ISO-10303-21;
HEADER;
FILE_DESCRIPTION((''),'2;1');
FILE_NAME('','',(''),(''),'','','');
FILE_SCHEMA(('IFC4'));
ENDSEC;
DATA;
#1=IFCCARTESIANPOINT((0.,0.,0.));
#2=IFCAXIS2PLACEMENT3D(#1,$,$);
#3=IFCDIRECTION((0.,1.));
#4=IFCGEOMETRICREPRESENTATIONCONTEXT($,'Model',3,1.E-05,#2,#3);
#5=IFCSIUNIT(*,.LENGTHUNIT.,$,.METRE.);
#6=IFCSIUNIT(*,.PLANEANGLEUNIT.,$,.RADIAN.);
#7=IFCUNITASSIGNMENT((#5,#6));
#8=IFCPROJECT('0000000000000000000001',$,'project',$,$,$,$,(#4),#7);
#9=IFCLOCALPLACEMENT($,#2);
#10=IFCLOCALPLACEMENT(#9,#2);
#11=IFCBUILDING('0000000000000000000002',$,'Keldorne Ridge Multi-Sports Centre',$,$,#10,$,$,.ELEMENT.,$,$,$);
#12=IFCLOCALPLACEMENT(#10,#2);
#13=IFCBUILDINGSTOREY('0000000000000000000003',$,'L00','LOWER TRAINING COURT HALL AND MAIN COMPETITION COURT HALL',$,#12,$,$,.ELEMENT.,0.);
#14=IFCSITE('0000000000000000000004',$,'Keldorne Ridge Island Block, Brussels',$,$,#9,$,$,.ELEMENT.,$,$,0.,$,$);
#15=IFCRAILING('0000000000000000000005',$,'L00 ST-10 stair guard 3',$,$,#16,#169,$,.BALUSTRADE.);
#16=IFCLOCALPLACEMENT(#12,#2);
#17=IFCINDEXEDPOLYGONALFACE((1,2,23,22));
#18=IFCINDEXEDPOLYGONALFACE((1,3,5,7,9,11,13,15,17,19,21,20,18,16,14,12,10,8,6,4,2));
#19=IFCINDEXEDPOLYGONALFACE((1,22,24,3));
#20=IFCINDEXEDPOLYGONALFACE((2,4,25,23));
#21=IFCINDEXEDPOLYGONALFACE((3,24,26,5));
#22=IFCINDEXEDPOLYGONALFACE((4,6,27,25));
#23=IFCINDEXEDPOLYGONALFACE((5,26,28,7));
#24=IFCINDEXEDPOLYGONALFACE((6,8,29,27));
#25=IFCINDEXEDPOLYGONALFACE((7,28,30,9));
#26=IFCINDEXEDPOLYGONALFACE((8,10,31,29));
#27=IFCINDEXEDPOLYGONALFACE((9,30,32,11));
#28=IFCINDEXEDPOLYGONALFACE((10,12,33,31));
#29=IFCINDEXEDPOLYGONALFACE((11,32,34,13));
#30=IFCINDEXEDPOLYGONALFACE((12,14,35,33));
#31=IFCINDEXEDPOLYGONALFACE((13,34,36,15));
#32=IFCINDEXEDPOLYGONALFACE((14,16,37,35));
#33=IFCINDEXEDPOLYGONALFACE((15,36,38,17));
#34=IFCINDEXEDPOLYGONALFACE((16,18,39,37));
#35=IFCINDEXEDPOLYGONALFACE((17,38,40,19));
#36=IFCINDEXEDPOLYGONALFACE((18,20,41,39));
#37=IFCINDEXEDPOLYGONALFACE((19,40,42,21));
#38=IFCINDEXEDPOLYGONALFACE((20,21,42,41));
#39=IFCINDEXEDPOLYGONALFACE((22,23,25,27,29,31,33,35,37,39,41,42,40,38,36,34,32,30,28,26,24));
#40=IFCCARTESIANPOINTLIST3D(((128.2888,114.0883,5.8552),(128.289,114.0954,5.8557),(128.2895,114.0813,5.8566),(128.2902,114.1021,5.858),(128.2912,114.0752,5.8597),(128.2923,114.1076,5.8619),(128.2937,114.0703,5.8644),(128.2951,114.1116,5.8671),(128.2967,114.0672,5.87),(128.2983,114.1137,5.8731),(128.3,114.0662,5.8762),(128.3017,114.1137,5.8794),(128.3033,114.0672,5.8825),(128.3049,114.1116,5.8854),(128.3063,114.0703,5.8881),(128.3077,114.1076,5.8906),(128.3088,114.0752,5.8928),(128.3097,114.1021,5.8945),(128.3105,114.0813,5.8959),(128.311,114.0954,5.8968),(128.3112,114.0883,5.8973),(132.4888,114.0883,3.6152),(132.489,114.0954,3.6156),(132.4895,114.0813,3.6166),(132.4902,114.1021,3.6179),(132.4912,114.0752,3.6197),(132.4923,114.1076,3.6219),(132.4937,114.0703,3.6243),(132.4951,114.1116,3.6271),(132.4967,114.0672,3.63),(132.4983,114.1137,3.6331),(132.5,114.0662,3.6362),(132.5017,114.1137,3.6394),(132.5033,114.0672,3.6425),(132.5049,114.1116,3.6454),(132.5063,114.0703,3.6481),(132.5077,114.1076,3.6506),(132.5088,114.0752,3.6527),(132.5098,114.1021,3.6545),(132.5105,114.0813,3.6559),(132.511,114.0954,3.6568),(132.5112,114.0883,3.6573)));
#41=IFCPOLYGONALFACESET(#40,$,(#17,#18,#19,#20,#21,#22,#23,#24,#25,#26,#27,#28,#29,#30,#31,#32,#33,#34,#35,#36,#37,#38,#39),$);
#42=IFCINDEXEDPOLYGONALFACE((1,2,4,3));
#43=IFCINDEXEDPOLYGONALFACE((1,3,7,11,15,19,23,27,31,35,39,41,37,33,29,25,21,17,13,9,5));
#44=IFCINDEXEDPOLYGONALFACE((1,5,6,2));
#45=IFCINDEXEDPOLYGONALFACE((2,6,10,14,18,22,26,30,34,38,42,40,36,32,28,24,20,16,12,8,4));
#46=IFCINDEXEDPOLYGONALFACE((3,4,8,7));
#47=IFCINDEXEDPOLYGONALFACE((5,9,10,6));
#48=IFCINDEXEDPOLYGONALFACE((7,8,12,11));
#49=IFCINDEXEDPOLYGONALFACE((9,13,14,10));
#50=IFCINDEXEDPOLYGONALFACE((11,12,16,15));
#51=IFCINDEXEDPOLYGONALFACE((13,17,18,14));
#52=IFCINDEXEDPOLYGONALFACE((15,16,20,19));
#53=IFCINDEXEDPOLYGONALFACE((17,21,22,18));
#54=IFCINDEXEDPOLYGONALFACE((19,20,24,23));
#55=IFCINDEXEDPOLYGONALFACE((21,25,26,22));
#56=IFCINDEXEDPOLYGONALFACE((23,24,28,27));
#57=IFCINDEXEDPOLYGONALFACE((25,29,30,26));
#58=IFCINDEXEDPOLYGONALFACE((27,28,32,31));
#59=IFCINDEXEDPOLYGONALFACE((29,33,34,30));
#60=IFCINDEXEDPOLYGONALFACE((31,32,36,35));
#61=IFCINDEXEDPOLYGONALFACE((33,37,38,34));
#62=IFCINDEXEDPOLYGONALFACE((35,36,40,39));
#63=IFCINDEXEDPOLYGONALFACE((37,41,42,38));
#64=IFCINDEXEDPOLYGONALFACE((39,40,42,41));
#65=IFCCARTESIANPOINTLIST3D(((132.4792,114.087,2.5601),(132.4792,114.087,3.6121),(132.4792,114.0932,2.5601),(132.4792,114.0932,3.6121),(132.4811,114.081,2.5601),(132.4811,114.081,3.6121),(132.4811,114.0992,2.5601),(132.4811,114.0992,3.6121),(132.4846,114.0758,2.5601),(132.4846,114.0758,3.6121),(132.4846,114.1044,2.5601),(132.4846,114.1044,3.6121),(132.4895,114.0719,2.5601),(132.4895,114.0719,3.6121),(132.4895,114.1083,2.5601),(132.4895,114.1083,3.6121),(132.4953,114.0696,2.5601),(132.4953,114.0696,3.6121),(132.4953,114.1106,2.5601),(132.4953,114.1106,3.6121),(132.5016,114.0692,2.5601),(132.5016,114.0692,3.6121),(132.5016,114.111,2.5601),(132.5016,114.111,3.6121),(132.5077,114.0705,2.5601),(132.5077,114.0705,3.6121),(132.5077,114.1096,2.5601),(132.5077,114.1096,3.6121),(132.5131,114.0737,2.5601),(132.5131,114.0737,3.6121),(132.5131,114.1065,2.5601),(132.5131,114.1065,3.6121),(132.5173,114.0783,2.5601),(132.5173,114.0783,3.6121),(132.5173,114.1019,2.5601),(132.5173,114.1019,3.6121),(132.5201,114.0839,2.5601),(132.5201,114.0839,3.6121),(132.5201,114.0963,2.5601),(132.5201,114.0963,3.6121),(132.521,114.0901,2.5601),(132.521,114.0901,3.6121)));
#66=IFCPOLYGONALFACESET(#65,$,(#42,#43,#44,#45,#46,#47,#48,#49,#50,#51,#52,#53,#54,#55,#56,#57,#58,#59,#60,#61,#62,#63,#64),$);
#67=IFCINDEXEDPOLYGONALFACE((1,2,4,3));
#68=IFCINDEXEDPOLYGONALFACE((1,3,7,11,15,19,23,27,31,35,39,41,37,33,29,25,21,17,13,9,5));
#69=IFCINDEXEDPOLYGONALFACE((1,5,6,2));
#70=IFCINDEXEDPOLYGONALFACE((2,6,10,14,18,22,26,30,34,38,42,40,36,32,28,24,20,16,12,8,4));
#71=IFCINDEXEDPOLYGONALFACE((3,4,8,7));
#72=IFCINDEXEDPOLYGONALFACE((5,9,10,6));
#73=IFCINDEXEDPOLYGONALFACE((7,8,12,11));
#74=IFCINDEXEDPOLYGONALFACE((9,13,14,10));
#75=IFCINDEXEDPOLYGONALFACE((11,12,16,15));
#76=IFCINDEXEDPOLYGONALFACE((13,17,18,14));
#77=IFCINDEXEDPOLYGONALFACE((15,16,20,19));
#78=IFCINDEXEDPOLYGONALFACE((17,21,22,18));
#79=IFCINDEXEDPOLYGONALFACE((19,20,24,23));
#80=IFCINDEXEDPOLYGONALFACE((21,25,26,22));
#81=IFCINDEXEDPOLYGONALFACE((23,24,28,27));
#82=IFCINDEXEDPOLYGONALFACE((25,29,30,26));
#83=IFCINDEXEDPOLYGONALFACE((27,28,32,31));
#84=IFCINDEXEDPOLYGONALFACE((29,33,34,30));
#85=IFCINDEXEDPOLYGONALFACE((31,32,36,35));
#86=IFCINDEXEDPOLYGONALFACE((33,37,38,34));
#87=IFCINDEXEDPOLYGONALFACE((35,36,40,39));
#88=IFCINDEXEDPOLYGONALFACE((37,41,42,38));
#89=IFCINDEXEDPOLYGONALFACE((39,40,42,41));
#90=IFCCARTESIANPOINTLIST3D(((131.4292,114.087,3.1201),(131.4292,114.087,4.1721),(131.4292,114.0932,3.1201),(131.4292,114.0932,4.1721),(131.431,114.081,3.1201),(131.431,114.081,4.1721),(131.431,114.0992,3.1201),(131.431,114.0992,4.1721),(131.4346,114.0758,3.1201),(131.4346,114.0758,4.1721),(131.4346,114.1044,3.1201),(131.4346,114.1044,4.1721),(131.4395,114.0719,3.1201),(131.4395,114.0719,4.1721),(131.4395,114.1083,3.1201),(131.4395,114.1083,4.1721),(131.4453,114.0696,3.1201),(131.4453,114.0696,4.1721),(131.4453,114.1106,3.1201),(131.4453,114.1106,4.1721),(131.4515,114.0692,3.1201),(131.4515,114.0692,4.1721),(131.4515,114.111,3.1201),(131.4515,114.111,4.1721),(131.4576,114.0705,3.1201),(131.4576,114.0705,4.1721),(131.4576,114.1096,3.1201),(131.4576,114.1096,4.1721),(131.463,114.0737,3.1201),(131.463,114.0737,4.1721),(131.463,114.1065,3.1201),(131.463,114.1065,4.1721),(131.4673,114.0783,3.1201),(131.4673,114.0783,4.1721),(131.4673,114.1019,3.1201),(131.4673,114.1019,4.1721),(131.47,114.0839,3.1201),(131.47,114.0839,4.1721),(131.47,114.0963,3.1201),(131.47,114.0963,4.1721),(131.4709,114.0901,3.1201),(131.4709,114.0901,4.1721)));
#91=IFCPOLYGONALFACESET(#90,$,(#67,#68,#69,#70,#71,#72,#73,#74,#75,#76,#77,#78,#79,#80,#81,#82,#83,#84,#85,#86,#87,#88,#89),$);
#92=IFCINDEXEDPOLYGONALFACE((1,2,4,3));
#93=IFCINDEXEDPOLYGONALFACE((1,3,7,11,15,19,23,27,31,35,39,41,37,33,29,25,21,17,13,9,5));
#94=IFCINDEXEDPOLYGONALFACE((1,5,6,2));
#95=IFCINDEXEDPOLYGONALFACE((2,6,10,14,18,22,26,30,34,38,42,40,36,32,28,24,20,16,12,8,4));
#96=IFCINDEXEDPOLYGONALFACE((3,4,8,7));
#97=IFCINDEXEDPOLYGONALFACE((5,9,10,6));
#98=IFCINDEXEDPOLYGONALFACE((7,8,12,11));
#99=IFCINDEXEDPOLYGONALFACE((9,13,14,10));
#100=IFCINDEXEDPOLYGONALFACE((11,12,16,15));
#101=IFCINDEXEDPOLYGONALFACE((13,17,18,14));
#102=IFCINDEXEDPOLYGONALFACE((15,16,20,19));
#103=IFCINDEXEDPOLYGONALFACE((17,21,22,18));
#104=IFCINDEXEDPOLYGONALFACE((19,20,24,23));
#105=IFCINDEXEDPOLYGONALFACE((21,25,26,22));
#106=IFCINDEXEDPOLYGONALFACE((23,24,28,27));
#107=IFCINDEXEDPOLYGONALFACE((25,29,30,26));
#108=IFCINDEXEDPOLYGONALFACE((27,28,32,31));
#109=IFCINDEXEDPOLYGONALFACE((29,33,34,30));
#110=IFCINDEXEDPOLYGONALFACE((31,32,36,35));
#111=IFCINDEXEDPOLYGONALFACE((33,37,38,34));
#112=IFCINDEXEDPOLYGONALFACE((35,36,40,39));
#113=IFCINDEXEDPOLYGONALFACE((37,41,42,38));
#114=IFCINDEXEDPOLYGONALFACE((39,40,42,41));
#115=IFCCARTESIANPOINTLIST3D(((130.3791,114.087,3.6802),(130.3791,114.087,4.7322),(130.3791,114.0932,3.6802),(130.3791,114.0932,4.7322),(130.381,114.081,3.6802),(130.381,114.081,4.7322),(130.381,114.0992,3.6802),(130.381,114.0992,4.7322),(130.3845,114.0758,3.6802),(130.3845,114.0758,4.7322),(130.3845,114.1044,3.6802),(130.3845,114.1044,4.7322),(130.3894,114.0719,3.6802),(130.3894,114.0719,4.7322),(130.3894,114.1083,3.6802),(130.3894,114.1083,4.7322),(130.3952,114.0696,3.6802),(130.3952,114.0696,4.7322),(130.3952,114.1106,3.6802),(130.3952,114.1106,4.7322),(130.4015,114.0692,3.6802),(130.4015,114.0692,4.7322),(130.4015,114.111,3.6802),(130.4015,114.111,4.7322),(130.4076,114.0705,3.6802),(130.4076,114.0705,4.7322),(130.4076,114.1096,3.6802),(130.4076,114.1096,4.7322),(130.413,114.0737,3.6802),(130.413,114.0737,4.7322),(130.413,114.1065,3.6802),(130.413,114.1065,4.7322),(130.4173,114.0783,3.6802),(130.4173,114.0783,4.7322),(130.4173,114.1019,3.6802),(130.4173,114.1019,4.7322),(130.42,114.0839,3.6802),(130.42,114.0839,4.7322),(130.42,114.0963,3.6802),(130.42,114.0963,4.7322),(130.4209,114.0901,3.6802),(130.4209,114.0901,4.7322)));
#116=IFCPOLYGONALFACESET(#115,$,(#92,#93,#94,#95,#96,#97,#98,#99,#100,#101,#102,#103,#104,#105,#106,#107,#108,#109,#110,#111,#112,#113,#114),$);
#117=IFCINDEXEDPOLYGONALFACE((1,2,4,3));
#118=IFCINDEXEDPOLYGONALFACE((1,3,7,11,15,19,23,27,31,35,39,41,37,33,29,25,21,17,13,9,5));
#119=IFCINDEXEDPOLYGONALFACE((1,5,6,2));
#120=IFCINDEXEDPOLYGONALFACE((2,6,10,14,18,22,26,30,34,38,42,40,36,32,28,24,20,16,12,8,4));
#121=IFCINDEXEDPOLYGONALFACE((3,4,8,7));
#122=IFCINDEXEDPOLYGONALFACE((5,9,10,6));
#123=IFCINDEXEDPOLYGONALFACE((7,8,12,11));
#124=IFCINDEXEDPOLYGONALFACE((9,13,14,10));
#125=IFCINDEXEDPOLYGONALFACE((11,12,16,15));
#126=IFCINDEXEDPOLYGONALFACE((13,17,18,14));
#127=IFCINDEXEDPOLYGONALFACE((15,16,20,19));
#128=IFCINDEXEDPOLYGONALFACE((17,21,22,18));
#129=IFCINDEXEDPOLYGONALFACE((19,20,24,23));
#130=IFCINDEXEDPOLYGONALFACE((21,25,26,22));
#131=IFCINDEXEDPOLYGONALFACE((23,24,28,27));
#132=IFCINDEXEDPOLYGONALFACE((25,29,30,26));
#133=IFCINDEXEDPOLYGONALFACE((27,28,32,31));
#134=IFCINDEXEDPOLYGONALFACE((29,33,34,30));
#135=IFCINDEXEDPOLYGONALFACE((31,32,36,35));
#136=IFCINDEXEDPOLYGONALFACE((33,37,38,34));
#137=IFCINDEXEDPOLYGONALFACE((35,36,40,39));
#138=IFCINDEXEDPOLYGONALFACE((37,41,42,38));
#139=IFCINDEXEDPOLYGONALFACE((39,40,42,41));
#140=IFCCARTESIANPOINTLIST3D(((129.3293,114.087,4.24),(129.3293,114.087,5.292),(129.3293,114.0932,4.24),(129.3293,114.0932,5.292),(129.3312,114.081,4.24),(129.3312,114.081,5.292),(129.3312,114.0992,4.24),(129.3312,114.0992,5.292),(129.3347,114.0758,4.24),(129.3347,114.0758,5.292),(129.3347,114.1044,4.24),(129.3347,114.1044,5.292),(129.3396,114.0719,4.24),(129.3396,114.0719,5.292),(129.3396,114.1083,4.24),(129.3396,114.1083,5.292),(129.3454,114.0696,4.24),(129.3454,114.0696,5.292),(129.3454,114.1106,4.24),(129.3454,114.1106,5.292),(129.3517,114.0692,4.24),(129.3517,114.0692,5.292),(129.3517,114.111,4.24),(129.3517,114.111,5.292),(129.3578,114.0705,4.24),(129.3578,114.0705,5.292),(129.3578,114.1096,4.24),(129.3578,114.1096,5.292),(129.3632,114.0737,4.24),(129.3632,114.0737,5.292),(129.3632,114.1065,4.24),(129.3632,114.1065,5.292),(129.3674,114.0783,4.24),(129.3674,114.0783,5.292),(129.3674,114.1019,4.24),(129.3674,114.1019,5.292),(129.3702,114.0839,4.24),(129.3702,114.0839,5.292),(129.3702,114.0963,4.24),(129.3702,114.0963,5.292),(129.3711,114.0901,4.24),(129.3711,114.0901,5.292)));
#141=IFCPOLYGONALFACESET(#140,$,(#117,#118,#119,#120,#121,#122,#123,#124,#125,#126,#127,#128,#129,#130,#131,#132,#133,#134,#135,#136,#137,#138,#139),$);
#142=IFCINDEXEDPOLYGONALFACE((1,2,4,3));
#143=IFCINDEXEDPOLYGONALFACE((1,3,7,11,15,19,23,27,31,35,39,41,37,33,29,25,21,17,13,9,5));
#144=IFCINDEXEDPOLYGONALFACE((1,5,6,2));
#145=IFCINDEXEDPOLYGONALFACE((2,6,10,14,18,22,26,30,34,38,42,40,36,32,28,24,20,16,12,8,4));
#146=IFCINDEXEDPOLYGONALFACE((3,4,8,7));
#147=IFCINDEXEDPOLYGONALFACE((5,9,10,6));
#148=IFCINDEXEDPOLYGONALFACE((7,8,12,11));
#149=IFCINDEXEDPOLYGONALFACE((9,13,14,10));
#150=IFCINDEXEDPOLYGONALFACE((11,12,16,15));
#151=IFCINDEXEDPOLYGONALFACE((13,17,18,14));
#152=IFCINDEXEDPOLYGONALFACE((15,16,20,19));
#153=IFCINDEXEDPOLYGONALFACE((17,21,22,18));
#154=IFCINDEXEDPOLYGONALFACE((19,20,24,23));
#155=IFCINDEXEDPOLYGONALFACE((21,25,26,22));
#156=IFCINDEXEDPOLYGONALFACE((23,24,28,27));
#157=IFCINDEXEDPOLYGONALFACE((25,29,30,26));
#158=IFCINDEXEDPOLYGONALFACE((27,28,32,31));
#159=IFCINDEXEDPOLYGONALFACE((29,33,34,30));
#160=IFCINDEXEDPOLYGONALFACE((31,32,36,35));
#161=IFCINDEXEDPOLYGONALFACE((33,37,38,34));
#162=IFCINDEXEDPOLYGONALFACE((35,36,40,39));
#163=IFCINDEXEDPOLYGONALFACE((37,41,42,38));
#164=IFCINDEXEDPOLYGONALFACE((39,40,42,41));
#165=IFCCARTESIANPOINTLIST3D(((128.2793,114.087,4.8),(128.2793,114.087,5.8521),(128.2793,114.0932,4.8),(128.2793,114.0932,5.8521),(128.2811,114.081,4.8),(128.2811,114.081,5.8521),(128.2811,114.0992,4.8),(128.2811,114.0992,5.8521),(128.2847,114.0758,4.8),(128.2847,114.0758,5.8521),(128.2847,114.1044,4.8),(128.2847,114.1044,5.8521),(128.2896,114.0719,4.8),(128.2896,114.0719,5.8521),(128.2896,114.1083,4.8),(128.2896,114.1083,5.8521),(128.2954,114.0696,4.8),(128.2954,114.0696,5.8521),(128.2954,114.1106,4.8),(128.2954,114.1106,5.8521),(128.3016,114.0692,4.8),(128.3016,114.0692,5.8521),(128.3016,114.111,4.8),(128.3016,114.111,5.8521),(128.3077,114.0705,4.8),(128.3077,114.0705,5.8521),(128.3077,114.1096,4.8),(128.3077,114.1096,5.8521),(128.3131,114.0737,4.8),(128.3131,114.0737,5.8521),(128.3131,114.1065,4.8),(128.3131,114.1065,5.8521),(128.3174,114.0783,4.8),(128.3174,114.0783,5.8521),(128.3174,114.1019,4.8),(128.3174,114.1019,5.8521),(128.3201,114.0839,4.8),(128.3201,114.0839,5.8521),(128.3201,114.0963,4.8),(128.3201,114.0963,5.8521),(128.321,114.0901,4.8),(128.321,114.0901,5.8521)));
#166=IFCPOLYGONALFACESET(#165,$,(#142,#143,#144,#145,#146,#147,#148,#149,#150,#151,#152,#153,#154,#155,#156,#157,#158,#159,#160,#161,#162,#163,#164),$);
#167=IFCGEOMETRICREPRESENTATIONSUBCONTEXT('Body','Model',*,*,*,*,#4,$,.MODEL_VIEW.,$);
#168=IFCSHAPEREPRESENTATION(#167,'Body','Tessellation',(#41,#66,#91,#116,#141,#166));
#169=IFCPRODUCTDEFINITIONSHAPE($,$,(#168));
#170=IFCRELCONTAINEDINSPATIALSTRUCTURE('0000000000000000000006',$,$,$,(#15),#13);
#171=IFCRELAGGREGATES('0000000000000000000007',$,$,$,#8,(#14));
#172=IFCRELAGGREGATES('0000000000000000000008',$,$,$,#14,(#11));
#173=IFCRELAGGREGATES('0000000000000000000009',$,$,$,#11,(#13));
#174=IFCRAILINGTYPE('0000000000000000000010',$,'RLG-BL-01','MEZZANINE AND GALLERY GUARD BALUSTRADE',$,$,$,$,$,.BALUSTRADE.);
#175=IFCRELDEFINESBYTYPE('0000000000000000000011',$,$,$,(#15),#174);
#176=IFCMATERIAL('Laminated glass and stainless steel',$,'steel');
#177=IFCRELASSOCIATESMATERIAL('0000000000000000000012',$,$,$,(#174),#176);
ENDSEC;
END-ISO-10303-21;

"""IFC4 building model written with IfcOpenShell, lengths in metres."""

from ifc_helpers import new_model, si_unit, direction, frame, origin, origin_2d, place, context, subcontext, project, spatial, circle, extrude, material, type_object, element, save


model = new_model("IFC4")

# Units and contexts
model_context = context("Model", 3, precision=1e-05, world=origin(), true_north=direction((0.0, 1.0)))
body_context = subcontext(model_context, "Body", "Model", "MODEL_VIEW")
ifc_project = project(units=[si_unit("LENGTHUNIT", "METRE"), si_unit("PLANEANGLEUNIT", "RADIAN")], contexts=[model_context])

# Site, building, storey
site_placement = place(None, origin())
site = spatial("IfcSite", under=ifc_project, at=site_placement, Name="Keldorne Ridge Island Block, Brussels", CompositionType="ELEMENT", RefElevation=0.0)
building_placement = place(site_placement, origin())
building = spatial("IfcBuilding", under=site, at=building_placement, Name="Keldorne Ridge Multi-Sports Centre", CompositionType="ELEMENT")
storey_placement = place(building_placement, origin())
storey = spatial("IfcBuildingStorey", under=building, at=storey_placement, Name="L00", Description="LOWER TRAINING COURT HALL AND MAIN COMPETITION COURT HALL", CompositionType="ELEMENT", Elevation=0.0)

# Railing
ifc_material_1 = material(Name="Laminated glass and stainless steel", Category="steel")
railing_type_1 = type_object("IfcRailingType", Name="RLG-BL-01", Description="MEZZANINE AND GALLERY GUARD BALUSTRADE", PredefinedType="BALUSTRADE", material=ifc_material_1)
railing_1_placement = place(storey_placement, frame((132.5, 114.0901, 2.5601)))
element("IfcRailing", 1, at=railing_1_placement, inside=storey, type_object=railing_type_1, Name="L00 ST-10 stair guard 3", PredefinedType="BALUSTRADE", context=body_context, shape_type="SweptSolid", body=[
    extrude(circle(Radius=0.0239, at=origin_2d()), frame((0.0, 0.0, 1.0762), z_axis=(-0.882352, 0.0, 0.470591), x_axis=(0.0, -1.0, 0.0)), (0.0, 0.0, 1.0), 4.76),
    extrude(circle(Radius=0.021, at=origin_2d()), origin(), (0.0, 0.0, 1.0), 1.052),
    extrude(circle(Radius=0.021, at=origin_2d()), frame((-1.05, 0.0, 0.5601)), (0.0, 0.0, 1.0), 1.052),
    extrude(circle(Radius=0.021, at=origin_2d()), frame((-2.1001, 0.0, 1.1201)), (0.0, 0.0, 1.0), 1.052),
    extrude(circle(Radius=0.021, at=origin_2d()), frame((-3.1499, 0.0, 1.6799)), (0.0, 0.0, 1.0), 1.052),
    extrude(circle(Radius=0.021, at=origin_2d()), frame((-4.2, 0.0, 2.24)), (0.0, 0.0, 1.0), 1.052),
])

save(model, "model.ifc")
